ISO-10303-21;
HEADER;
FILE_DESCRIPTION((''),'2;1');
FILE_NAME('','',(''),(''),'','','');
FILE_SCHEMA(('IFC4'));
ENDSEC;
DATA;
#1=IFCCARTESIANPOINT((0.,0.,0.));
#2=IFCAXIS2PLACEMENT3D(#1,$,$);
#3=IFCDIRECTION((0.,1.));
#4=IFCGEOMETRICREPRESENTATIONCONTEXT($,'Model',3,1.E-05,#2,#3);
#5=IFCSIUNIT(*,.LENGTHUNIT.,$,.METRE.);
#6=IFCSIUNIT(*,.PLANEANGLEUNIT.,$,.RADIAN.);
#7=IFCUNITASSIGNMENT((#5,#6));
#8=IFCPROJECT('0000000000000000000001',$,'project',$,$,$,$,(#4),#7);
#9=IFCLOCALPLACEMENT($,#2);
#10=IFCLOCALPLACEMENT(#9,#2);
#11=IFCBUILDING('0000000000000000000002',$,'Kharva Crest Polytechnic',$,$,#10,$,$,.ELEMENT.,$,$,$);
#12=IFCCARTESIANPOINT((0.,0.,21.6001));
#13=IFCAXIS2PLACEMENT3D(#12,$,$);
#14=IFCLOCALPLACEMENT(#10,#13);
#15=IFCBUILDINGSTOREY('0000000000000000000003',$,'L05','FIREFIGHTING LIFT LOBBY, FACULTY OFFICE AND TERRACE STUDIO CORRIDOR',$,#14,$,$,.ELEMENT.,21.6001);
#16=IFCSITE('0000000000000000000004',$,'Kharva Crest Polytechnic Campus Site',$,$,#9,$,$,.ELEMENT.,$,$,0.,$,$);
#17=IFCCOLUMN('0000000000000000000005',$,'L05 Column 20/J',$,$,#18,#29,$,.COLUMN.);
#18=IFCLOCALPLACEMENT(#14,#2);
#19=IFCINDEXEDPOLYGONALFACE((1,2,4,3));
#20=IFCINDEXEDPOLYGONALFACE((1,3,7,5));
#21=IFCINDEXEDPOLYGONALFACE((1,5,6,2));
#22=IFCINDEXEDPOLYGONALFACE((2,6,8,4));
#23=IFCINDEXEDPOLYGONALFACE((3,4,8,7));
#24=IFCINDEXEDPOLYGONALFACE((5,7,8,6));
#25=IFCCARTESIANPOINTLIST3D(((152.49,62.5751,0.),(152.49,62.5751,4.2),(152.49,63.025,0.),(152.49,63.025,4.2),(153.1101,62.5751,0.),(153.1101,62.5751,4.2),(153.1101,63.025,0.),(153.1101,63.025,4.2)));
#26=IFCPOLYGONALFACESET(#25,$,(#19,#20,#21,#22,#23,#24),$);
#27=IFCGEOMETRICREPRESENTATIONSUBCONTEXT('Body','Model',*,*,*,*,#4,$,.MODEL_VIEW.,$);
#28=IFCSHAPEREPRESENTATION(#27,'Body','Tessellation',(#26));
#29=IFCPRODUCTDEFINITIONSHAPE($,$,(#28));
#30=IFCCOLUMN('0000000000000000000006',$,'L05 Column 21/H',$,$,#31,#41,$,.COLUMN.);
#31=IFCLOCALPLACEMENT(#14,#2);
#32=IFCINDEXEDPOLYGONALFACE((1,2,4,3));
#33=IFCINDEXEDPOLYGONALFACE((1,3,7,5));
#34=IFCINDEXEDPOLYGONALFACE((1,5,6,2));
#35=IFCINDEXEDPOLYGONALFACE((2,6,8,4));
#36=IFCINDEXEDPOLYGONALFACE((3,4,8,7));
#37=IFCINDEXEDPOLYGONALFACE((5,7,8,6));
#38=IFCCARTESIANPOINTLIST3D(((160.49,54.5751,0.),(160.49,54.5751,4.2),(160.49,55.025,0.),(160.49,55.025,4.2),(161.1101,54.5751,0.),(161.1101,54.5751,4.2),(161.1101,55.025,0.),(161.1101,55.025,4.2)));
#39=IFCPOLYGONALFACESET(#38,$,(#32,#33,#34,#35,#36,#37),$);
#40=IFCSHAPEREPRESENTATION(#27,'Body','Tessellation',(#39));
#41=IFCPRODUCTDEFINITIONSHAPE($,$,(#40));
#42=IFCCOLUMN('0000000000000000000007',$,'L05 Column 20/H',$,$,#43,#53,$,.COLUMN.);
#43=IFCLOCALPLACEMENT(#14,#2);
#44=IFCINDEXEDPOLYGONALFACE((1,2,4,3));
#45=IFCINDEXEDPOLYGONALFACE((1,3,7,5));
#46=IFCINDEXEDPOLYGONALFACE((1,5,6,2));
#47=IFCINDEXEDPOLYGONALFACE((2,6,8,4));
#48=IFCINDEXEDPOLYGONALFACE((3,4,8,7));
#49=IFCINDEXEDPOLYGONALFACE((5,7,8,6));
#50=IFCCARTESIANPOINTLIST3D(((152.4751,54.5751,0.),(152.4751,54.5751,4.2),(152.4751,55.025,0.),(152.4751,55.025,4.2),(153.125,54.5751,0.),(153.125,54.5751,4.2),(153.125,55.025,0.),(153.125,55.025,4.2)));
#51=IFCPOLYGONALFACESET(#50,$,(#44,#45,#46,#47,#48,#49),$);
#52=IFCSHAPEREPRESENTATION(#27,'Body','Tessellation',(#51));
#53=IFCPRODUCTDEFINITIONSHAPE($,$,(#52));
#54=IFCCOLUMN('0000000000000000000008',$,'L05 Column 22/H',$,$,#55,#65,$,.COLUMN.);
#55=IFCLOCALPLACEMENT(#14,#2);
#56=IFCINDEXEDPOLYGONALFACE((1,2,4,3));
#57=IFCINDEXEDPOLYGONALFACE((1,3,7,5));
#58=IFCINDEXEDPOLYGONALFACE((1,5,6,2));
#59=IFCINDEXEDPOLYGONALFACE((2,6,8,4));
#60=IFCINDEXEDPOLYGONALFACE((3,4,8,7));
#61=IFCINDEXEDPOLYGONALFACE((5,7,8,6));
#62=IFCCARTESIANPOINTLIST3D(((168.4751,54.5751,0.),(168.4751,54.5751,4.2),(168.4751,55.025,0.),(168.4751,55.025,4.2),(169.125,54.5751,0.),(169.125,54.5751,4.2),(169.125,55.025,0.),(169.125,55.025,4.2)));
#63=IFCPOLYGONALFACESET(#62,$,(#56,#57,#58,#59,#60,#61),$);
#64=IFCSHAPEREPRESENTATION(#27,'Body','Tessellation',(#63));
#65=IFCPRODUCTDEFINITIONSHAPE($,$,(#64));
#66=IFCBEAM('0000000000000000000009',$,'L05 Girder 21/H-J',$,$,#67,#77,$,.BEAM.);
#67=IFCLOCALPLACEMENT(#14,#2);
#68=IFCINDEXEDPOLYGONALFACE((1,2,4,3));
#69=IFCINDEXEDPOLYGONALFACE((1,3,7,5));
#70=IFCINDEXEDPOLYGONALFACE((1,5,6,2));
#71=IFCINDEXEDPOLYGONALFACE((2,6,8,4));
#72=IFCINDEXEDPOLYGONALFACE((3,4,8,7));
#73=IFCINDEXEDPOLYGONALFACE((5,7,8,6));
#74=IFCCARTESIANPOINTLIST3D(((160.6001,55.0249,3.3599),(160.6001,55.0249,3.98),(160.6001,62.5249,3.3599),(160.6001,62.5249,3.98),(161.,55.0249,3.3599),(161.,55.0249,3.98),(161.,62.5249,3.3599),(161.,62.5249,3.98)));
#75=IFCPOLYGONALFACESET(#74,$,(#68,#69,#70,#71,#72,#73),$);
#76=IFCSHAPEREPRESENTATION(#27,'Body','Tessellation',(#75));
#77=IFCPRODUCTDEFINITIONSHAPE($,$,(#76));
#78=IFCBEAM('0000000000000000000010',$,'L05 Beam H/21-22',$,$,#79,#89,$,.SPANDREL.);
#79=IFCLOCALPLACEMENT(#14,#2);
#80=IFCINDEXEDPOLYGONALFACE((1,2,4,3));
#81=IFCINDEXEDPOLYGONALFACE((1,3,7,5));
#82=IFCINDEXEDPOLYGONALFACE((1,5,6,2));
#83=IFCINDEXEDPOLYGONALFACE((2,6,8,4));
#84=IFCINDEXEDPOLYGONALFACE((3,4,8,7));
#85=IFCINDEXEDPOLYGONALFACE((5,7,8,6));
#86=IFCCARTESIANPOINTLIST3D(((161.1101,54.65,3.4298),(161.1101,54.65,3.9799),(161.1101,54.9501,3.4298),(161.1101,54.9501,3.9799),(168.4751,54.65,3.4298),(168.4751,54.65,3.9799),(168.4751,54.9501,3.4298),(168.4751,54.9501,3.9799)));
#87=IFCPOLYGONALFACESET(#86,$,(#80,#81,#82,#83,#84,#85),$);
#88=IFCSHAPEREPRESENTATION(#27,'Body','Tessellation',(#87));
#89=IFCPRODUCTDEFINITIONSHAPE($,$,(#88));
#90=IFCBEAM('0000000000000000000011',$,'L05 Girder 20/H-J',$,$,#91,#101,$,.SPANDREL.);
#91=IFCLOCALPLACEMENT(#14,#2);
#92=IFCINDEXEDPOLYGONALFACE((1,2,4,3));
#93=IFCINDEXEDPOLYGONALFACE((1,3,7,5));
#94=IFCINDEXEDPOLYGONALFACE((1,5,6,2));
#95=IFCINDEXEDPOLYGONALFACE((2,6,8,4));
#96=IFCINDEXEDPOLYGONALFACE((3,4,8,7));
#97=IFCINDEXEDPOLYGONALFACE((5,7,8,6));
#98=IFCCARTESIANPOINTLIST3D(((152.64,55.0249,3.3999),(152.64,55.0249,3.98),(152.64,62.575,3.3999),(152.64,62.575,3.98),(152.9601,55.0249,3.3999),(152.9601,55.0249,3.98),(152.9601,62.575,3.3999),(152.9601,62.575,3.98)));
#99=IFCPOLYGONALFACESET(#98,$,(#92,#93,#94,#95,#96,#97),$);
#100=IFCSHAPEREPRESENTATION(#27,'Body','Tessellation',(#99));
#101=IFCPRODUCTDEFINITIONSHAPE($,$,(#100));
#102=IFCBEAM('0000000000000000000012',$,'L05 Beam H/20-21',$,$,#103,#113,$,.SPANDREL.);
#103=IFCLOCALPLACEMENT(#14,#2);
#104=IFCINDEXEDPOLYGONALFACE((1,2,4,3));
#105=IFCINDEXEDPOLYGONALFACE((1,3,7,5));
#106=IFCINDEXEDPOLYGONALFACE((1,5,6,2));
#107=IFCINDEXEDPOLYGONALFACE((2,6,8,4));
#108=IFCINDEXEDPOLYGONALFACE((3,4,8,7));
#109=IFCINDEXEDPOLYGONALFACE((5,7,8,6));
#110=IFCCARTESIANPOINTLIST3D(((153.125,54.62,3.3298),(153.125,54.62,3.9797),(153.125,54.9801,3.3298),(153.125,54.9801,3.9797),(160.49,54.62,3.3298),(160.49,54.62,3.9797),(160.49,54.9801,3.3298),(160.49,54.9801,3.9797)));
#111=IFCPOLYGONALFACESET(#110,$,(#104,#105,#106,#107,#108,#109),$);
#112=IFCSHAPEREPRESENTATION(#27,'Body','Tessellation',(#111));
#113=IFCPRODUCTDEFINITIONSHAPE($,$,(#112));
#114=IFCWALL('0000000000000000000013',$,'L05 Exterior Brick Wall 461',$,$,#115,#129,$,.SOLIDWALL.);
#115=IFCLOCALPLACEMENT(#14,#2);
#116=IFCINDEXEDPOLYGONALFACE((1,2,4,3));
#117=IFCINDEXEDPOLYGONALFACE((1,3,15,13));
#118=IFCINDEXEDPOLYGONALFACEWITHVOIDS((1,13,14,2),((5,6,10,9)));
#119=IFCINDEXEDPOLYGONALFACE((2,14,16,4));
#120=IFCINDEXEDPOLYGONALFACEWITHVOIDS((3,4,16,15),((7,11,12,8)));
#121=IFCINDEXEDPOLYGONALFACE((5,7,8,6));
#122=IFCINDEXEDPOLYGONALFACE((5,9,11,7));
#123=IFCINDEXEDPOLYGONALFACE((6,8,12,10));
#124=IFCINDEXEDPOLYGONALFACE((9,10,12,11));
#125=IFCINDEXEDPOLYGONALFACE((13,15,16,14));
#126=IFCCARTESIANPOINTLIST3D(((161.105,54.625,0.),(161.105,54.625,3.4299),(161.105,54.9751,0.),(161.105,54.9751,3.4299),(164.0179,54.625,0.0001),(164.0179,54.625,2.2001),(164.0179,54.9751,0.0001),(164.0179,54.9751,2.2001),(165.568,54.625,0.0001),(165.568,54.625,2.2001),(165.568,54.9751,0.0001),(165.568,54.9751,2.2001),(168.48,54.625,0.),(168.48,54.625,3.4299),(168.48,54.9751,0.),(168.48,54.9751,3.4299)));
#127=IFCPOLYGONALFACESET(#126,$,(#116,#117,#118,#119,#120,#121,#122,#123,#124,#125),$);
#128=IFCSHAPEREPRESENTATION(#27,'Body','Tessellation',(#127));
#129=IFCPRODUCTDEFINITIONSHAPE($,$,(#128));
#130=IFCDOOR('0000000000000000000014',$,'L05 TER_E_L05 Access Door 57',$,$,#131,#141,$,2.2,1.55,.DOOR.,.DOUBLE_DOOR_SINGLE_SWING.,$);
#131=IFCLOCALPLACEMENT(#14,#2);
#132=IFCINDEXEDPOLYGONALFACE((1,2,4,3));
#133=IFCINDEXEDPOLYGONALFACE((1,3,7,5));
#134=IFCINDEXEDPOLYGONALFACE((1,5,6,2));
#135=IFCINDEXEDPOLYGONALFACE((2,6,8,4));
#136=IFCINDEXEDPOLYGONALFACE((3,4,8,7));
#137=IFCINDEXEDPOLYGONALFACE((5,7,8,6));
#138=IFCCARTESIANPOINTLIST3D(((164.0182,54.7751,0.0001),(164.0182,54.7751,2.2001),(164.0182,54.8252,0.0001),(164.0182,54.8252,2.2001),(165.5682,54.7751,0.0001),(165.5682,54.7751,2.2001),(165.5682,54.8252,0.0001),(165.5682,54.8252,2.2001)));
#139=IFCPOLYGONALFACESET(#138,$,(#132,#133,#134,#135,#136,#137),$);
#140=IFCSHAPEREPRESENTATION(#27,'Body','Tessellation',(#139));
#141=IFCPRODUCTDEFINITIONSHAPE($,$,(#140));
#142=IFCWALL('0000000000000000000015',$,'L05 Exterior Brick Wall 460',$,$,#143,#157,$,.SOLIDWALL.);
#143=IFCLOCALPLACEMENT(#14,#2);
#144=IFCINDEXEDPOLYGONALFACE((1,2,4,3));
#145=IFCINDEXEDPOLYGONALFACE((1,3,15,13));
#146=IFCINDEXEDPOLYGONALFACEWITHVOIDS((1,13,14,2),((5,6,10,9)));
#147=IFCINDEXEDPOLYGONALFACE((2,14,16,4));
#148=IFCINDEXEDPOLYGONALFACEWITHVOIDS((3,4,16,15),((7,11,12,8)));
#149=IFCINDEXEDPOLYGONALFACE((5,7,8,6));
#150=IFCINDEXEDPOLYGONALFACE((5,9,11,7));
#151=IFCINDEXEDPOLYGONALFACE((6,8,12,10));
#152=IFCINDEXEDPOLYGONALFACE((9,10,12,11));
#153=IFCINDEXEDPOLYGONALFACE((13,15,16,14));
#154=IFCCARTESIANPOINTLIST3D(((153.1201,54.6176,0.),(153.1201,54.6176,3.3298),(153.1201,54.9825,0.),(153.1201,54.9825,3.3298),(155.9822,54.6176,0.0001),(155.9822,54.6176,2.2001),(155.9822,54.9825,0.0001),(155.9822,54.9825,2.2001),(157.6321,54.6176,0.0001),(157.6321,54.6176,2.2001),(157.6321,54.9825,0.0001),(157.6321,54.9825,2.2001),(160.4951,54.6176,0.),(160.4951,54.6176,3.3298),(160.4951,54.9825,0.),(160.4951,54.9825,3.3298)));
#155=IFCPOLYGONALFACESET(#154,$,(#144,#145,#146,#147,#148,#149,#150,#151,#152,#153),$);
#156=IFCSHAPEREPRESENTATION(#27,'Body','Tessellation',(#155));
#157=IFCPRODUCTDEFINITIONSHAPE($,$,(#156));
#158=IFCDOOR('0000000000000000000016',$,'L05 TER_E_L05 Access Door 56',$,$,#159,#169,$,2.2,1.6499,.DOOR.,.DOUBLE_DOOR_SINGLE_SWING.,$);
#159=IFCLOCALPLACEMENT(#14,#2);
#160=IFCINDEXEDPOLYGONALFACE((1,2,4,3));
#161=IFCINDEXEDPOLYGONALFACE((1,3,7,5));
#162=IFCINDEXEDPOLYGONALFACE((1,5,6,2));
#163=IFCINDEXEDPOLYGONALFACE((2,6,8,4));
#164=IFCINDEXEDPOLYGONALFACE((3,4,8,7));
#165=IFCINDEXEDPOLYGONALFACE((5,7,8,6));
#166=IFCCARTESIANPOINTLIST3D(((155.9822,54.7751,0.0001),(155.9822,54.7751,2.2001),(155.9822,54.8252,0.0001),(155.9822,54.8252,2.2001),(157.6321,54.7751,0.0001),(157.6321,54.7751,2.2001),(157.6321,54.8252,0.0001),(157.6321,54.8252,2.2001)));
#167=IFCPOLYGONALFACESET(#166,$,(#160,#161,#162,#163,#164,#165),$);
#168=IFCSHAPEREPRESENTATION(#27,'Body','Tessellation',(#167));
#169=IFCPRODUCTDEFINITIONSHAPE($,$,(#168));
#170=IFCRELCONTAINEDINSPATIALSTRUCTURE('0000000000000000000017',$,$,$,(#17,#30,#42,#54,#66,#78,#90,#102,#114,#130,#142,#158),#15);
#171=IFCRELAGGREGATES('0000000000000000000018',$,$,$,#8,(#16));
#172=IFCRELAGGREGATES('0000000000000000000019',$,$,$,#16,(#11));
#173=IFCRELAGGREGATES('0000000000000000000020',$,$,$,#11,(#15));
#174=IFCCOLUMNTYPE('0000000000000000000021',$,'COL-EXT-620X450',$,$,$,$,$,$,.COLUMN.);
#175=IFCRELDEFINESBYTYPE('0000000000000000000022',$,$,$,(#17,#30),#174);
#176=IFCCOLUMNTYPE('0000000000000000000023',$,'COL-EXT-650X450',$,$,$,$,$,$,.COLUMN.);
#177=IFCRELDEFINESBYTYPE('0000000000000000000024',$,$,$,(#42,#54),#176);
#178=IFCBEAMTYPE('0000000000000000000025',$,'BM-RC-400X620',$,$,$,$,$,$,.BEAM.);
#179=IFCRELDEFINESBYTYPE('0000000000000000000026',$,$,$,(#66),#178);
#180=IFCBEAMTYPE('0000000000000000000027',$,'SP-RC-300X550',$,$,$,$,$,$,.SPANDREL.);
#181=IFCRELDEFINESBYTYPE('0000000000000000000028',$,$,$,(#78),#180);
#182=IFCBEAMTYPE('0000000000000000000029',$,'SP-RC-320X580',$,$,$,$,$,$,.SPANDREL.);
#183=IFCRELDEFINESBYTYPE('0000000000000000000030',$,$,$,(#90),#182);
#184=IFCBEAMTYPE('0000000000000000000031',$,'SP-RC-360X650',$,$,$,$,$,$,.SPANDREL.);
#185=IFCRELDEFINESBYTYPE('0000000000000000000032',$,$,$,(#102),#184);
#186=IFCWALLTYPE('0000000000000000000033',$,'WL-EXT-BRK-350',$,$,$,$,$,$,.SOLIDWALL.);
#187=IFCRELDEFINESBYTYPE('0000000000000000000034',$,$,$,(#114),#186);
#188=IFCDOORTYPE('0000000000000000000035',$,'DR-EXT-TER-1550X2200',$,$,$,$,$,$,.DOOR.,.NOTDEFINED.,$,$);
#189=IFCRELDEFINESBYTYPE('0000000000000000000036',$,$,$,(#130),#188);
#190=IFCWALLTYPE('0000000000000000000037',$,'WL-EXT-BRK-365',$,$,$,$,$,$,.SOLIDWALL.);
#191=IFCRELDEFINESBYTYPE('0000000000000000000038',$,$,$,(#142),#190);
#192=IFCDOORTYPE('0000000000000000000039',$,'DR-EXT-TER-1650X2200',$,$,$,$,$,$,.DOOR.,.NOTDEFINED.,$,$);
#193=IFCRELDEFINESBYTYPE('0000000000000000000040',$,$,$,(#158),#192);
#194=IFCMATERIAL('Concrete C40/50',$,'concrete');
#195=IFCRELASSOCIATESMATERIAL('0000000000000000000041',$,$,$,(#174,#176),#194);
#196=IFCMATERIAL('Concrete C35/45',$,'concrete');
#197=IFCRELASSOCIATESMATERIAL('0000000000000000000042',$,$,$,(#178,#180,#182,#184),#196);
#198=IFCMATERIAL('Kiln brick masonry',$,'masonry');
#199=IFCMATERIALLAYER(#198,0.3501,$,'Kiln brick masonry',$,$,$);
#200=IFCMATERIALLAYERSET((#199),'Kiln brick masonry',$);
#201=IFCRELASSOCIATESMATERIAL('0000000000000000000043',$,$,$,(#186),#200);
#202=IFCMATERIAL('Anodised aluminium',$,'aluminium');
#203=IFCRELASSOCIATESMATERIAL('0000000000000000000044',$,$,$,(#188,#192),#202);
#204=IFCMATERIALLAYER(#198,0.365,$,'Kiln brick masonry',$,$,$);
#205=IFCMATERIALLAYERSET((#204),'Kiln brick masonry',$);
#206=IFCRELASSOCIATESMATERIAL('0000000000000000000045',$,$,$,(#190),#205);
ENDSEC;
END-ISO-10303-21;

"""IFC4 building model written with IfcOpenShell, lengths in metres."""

from ifc_helpers import new_model, si_unit, direction, frame, frame_2d, origin, origin_2d, place, context, subcontext, project, spatial, rectangle, extrude, material, layer, layer_set, material_profile, profile_set, type_object, element, fill, save


model = new_model("IFC4")

# Units and contexts
model_context = context("Model", 3, precision=1e-05, world=origin(), true_north=direction((0.0, 1.0)))
body_context = subcontext(model_context, "Body", "Model", "MODEL_VIEW")
ifc_project = project(units=[si_unit("LENGTHUNIT", "METRE"), si_unit("PLANEANGLEUNIT", "RADIAN")], contexts=[model_context])

# Site, building, storey
site_placement = place(None, origin())
site = spatial("IfcSite", under=ifc_project, at=site_placement, Name="Kharva Crest Polytechnic Campus Site", CompositionType="ELEMENT", RefElevation=0.0)
building_placement = place(site_placement, origin())
building = spatial("IfcBuilding", under=site, at=building_placement, Name="Kharva Crest Polytechnic", CompositionType="ELEMENT")
storey_placement = place(building_placement, frame((0.0, 0.0, 21.6001)))
storey = spatial("IfcBuildingStorey", under=building, at=storey_placement, Name="L05", Description="FIREFIGHTING LIFT LOBBY, FACULTY OFFICE AND TERRACE STUDIO CORRIDOR", CompositionType="ELEMENT", Elevation=21.6001)

# Columns
ifc_material_1 = material(Name="Concrete C40/50", Category="concrete")
ifc_material_profile_1 = material_profile(ifc_material_1, rectangle(XDim=0.6201, YDim=0.45, at=origin_2d()), Name="RECT 620 X 450")
ifc_profile_set_1 = profile_set([ifc_material_profile_1], Name="Concrete C40/50")
column_type_1 = type_object("IfcColumnType", Name="COL-EXT-620X450", PredefinedType="COLUMN", material=ifc_profile_set_1)
for number, where, z_axis, x_axis, name in (
    (1, (152.8, 62.8, 0.0), (0.0, 0.0, 1.0), (1.0, 0.0, 0.0), "L05 Column 20/J"),
    (2, (160.8, 54.8, 0.0), (0.0, 0.0, 1.0), (1.0, 0.0, 0.0), "L05 Column 21/H"),
):
    element("IfcColumn", number, at=place(storey_placement, frame(where, z_axis=z_axis, x_axis=x_axis)), inside=storey, type_object=column_type_1, Name=name, PredefinedType="COLUMN", context=body_context, shape_type="SweptSolid", body=[
        extrude(rectangle(XDim=0.6201, YDim=0.45, at=origin_2d()), origin(), (0.0, 0.0, 1.0), 4.2),
    ])
ifc_material_profile_2 = material_profile(ifc_material_1, rectangle(XDim=0.6499, YDim=0.45, at=origin_2d()), Name="RECT 650 X 450")
ifc_profile_set_2 = profile_set([ifc_material_profile_2], Name="Concrete C40/50")
column_type_2 = type_object("IfcColumnType", Name="COL-EXT-650X450", PredefinedType="COLUMN", material=ifc_profile_set_2)
for number, where, z_axis, x_axis, name in (
    (3, (152.8, 54.8, 0.0), (0.0, 0.0, 1.0), (1.0, 0.0, 0.0), "L05 Column 20/H"),
    (4, (168.8, 54.8, 0.0), (0.0, 0.0, 1.0), (1.0, 0.0, 0.0), "L05 Column 22/H"),
):
    element("IfcColumn", number, at=place(storey_placement, frame(where, z_axis=z_axis, x_axis=x_axis)), inside=storey, type_object=column_type_2, Name=name, PredefinedType="COLUMN", context=body_context, shape_type="SweptSolid", body=[
        extrude(rectangle(XDim=0.6499, YDim=0.45, at=origin_2d()), origin(), (0.0, 0.0, 1.0), 4.2),
    ])

# Beams
ifc_material_2 = material(Name="Concrete C35/45", Category="concrete")
ifc_material_profile_3 = material_profile(ifc_material_2, rectangle(XDim=0.3999, YDim=0.6201, at=origin_2d()), Name="RECT 400 X 620")
ifc_profile_set_3 = profile_set([ifc_material_profile_3], Name="Concrete C35/45")
beam_type_1 = type_object("IfcBeamType", Name="BM-RC-400X620", PredefinedType="BEAM", material=ifc_profile_set_3)
beam_1_placement = place(storey_placement, frame((160.8, 55.0249, 3.6699), z_axis=(0.0, 1.0, 0.0), x_axis=(-1.0, 0.0, 0.0)))
element("IfcBeam", 5, at=beam_1_placement, inside=storey, type_object=beam_type_1, Name="L05 Girder 21/H-J", PredefinedType="BEAM", context=body_context, shape_type="SweptSolid", body=[
    extrude(rectangle(XDim=0.3999, YDim=0.6201, at=origin_2d()), origin(), (0.0, 0.0, 1.0), 7.5),
])
ifc_material_profile_4 = material_profile(ifc_material_2, rectangle(XDim=0.3, YDim=0.55, at=origin_2d()), Name="RECT 300 X 550")
ifc_profile_set_4 = profile_set([ifc_material_profile_4], Name="Concrete C35/45")
beam_type_2 = type_object("IfcBeamType", Name="SP-RC-300X550", PredefinedType="SPANDREL", material=ifc_profile_set_4)
beam_2_placement = place(storey_placement, frame((161.1101, 54.8, 3.7048), z_axis=(1.0, 0.0, 0.0), x_axis=(0.0, 1.0, 0.0)))
element("IfcBeam", 6, at=beam_2_placement, inside=storey, type_object=beam_type_2, Name="L05 Beam H/21-22", PredefinedType="SPANDREL", context=body_context, shape_type="SweptSolid", body=[
    extrude(rectangle(XDim=0.3, YDim=0.55, at=origin_2d()), origin(), (0.0, 0.0, 1.0), 7.365),
])
ifc_material_profile_5 = material_profile(ifc_material_2, rectangle(XDim=0.3201, YDim=0.5801, at=origin_2d()), Name="RECT 320 X 580")
ifc_profile_set_5 = profile_set([ifc_material_profile_5], Name="Concrete C35/45")
beam_type_3 = type_object("IfcBeamType", Name="SP-RC-320X580", PredefinedType="SPANDREL", material=ifc_profile_set_5)
beam_3_placement = place(storey_placement, frame((152.8, 55.0249, 3.6899), z_axis=(0.0, 1.0, 0.0), x_axis=(-1.0, 0.0, 0.0)))
element("IfcBeam", 7, at=beam_3_placement, inside=storey, type_object=beam_type_3, Name="L05 Girder 20/H-J", PredefinedType="SPANDREL", context=body_context, shape_type="SweptSolid", body=[
    extrude(rectangle(XDim=0.3201, YDim=0.5801, at=origin_2d()), origin(), (0.0, 0.0, 1.0), 7.55),
])
ifc_material_profile_6 = material_profile(ifc_material_2, rectangle(XDim=0.3601, YDim=0.6499, at=origin_2d()), Name="RECT 360 X 650")
ifc_profile_set_6 = profile_set([ifc_material_profile_6], Name="Concrete C35/45")
beam_type_4 = type_object("IfcBeamType", Name="SP-RC-360X650", PredefinedType="SPANDREL", material=ifc_profile_set_6)
beam_4_placement = place(storey_placement, frame((153.125, 54.8, 3.6548), z_axis=(1.0, 0.0, 0.0), x_axis=(0.0, 1.0, 0.0)))
element("IfcBeam", 8, at=beam_4_placement, inside=storey, type_object=beam_type_4, Name="L05 Beam H/20-21", PredefinedType="SPANDREL", context=body_context, shape_type="SweptSolid", body=[
    extrude(rectangle(XDim=0.3601, YDim=0.6499, at=origin_2d()), origin(), (0.0, 0.0, 1.0), 7.365),
])

# Walls, openings, doors
ifc_material_3 = material(Name="Kiln brick masonry", Category="masonry")
ifc_layer_1 = layer(ifc_material_3, 0.3501, Name="Kiln brick masonry")
ifc_layer_set_1 = layer_set([ifc_layer_1], Name="Kiln brick masonry")
wall_type_1 = type_object("IfcWallType", Name="WL-EXT-BRK-350", PredefinedType="SOLIDWALL", material=ifc_layer_set_1)
wall_1_placement = place(storey_placement, frame((161.105, 54.8, 0.0), z_axis=(0.0, 0.0, 1.0), x_axis=(1.0, 0.0, 0.0)))
wall_1 = element("IfcWall", 9, at=wall_1_placement, inside=storey, type_object=wall_type_1, Name="L05 Exterior Brick Wall 461", PredefinedType="SOLIDWALL", context=body_context, shape_type="SweptSolid", body=[
    extrude(rectangle(XDim=7.375, YDim=0.3501, at=frame_2d((3.6875, 0.0))), origin(), (0.0, 0.0, 1.0), 3.4299),
])
opening_1_placement = place(wall_1_placement, frame((2.9131, 0.0, 0.0)))
opening_1 = element("IfcOpeningElement", 10, at=opening_1_placement, cuts=wall_1, PredefinedType="OPENING", context=body_context, shape_type="SweptSolid", body=[
    extrude(rectangle(XDim=1.55, YDim=2.2, at=frame_2d((0.7749, 1.1001))), frame((0.0, 0.1851, 0.0), z_axis=(0.0, -1.0, 0.0), x_axis=(1.0, 0.0, 0.0)), (0.0, 0.0, 1.0), 0.3701),
])
ifc_material_4 = material(Name="Anodised aluminium", Category="aluminium")
door_type_1 = type_object("IfcDoorType", Name="DR-EXT-TER-1550X2200", OperationType="NOTDEFINED", PredefinedType="DOOR", material=ifc_material_4)
door_1_placement = place(opening_1_placement, frame((1.55, 0.0, 0.0), z_axis=(0.0, 0.0, 1.0), x_axis=(-1.0, 0.0, 0.0)))
door_1 = element("IfcDoor", 11, at=door_1_placement, inside=storey, type_object=door_type_1, Name="L05 TER_E_L05 Access Door 57", OperationType="DOUBLE_DOOR_SINGLE_SWING", OverallHeight=2.2, OverallWidth=1.55, PredefinedType="DOOR", context=body_context, shape_type="SweptSolid", body=[
    extrude(rectangle(XDim=1.55, YDim=2.2, at=frame_2d((0.7749, 1.1001))), frame((0.0, 0.0249, 0.0), z_axis=(0.0, -1.0, 0.0), x_axis=(1.0, 0.0, 0.0)), (0.0, 0.0, 1.0), 0.05),
])
fill(opening_1, door_1)
ifc_layer_2 = layer(ifc_material_3, 0.365, Name="Kiln brick masonry")
ifc_layer_set_2 = layer_set([ifc_layer_2], Name="Kiln brick masonry")
wall_type_2 = type_object("IfcWallType", Name="WL-EXT-BRK-365", PredefinedType="SOLIDWALL", material=ifc_layer_set_2)
wall_2_placement = place(storey_placement, frame((153.1201, 54.8, 0.0), z_axis=(0.0, 0.0, 1.0), x_axis=(1.0, 0.0, 0.0)))
wall_2 = element("IfcWall", 12, at=wall_2_placement, inside=storey, type_object=wall_type_2, Name="L05 Exterior Brick Wall 460", PredefinedType="SOLIDWALL", context=body_context, shape_type="SweptSolid", body=[
    extrude(rectangle(XDim=7.375, YDim=0.365, at=frame_2d((3.6875, 0.0))), origin(), (0.0, 0.0, 1.0), 3.3298),
])
opening_2_placement = place(wall_2_placement, frame((2.8621, 0.0, 0.0)))
opening_2 = element("IfcOpeningElement", 13, at=opening_2_placement, cuts=wall_2, PredefinedType="OPENING", context=body_context, shape_type="SweptSolid", body=[
    extrude(rectangle(XDim=1.6499, YDim=2.2, at=frame_2d((0.825, 1.1001))), frame((0.0, 0.1924, 0.0), z_axis=(0.0, -1.0, 0.0), x_axis=(1.0, 0.0, 0.0)), (0.0, 0.0, 1.0), 0.385),
])
door_type_2 = type_object("IfcDoorType", Name="DR-EXT-TER-1650X2200", OperationType="NOTDEFINED", PredefinedType="DOOR", material=ifc_material_4)
door_2_placement = place(opening_2_placement, frame((1.6499, 0.0, 0.0), z_axis=(0.0, 0.0, 1.0), x_axis=(-1.0, 0.0, 0.0)))
door_2 = element("IfcDoor", 14, at=door_2_placement, inside=storey, type_object=door_type_2, Name="L05 TER_E_L05 Access Door 56", OperationType="DOUBLE_DOOR_SINGLE_SWING", OverallHeight=2.2, OverallWidth=1.6499, PredefinedType="DOOR", context=body_context, shape_type="SweptSolid", body=[
    extrude(rectangle(XDim=1.6499, YDim=2.2, at=frame_2d((0.825, 1.1001))), frame((0.0, 0.0249, 0.0), z_axis=(0.0, -1.0, 0.0), x_axis=(1.0, 0.0, 0.0)), (0.0, 0.0, 1.0), 0.05),
])
fill(opening_2, door_2)

save(model, "model.ifc")
